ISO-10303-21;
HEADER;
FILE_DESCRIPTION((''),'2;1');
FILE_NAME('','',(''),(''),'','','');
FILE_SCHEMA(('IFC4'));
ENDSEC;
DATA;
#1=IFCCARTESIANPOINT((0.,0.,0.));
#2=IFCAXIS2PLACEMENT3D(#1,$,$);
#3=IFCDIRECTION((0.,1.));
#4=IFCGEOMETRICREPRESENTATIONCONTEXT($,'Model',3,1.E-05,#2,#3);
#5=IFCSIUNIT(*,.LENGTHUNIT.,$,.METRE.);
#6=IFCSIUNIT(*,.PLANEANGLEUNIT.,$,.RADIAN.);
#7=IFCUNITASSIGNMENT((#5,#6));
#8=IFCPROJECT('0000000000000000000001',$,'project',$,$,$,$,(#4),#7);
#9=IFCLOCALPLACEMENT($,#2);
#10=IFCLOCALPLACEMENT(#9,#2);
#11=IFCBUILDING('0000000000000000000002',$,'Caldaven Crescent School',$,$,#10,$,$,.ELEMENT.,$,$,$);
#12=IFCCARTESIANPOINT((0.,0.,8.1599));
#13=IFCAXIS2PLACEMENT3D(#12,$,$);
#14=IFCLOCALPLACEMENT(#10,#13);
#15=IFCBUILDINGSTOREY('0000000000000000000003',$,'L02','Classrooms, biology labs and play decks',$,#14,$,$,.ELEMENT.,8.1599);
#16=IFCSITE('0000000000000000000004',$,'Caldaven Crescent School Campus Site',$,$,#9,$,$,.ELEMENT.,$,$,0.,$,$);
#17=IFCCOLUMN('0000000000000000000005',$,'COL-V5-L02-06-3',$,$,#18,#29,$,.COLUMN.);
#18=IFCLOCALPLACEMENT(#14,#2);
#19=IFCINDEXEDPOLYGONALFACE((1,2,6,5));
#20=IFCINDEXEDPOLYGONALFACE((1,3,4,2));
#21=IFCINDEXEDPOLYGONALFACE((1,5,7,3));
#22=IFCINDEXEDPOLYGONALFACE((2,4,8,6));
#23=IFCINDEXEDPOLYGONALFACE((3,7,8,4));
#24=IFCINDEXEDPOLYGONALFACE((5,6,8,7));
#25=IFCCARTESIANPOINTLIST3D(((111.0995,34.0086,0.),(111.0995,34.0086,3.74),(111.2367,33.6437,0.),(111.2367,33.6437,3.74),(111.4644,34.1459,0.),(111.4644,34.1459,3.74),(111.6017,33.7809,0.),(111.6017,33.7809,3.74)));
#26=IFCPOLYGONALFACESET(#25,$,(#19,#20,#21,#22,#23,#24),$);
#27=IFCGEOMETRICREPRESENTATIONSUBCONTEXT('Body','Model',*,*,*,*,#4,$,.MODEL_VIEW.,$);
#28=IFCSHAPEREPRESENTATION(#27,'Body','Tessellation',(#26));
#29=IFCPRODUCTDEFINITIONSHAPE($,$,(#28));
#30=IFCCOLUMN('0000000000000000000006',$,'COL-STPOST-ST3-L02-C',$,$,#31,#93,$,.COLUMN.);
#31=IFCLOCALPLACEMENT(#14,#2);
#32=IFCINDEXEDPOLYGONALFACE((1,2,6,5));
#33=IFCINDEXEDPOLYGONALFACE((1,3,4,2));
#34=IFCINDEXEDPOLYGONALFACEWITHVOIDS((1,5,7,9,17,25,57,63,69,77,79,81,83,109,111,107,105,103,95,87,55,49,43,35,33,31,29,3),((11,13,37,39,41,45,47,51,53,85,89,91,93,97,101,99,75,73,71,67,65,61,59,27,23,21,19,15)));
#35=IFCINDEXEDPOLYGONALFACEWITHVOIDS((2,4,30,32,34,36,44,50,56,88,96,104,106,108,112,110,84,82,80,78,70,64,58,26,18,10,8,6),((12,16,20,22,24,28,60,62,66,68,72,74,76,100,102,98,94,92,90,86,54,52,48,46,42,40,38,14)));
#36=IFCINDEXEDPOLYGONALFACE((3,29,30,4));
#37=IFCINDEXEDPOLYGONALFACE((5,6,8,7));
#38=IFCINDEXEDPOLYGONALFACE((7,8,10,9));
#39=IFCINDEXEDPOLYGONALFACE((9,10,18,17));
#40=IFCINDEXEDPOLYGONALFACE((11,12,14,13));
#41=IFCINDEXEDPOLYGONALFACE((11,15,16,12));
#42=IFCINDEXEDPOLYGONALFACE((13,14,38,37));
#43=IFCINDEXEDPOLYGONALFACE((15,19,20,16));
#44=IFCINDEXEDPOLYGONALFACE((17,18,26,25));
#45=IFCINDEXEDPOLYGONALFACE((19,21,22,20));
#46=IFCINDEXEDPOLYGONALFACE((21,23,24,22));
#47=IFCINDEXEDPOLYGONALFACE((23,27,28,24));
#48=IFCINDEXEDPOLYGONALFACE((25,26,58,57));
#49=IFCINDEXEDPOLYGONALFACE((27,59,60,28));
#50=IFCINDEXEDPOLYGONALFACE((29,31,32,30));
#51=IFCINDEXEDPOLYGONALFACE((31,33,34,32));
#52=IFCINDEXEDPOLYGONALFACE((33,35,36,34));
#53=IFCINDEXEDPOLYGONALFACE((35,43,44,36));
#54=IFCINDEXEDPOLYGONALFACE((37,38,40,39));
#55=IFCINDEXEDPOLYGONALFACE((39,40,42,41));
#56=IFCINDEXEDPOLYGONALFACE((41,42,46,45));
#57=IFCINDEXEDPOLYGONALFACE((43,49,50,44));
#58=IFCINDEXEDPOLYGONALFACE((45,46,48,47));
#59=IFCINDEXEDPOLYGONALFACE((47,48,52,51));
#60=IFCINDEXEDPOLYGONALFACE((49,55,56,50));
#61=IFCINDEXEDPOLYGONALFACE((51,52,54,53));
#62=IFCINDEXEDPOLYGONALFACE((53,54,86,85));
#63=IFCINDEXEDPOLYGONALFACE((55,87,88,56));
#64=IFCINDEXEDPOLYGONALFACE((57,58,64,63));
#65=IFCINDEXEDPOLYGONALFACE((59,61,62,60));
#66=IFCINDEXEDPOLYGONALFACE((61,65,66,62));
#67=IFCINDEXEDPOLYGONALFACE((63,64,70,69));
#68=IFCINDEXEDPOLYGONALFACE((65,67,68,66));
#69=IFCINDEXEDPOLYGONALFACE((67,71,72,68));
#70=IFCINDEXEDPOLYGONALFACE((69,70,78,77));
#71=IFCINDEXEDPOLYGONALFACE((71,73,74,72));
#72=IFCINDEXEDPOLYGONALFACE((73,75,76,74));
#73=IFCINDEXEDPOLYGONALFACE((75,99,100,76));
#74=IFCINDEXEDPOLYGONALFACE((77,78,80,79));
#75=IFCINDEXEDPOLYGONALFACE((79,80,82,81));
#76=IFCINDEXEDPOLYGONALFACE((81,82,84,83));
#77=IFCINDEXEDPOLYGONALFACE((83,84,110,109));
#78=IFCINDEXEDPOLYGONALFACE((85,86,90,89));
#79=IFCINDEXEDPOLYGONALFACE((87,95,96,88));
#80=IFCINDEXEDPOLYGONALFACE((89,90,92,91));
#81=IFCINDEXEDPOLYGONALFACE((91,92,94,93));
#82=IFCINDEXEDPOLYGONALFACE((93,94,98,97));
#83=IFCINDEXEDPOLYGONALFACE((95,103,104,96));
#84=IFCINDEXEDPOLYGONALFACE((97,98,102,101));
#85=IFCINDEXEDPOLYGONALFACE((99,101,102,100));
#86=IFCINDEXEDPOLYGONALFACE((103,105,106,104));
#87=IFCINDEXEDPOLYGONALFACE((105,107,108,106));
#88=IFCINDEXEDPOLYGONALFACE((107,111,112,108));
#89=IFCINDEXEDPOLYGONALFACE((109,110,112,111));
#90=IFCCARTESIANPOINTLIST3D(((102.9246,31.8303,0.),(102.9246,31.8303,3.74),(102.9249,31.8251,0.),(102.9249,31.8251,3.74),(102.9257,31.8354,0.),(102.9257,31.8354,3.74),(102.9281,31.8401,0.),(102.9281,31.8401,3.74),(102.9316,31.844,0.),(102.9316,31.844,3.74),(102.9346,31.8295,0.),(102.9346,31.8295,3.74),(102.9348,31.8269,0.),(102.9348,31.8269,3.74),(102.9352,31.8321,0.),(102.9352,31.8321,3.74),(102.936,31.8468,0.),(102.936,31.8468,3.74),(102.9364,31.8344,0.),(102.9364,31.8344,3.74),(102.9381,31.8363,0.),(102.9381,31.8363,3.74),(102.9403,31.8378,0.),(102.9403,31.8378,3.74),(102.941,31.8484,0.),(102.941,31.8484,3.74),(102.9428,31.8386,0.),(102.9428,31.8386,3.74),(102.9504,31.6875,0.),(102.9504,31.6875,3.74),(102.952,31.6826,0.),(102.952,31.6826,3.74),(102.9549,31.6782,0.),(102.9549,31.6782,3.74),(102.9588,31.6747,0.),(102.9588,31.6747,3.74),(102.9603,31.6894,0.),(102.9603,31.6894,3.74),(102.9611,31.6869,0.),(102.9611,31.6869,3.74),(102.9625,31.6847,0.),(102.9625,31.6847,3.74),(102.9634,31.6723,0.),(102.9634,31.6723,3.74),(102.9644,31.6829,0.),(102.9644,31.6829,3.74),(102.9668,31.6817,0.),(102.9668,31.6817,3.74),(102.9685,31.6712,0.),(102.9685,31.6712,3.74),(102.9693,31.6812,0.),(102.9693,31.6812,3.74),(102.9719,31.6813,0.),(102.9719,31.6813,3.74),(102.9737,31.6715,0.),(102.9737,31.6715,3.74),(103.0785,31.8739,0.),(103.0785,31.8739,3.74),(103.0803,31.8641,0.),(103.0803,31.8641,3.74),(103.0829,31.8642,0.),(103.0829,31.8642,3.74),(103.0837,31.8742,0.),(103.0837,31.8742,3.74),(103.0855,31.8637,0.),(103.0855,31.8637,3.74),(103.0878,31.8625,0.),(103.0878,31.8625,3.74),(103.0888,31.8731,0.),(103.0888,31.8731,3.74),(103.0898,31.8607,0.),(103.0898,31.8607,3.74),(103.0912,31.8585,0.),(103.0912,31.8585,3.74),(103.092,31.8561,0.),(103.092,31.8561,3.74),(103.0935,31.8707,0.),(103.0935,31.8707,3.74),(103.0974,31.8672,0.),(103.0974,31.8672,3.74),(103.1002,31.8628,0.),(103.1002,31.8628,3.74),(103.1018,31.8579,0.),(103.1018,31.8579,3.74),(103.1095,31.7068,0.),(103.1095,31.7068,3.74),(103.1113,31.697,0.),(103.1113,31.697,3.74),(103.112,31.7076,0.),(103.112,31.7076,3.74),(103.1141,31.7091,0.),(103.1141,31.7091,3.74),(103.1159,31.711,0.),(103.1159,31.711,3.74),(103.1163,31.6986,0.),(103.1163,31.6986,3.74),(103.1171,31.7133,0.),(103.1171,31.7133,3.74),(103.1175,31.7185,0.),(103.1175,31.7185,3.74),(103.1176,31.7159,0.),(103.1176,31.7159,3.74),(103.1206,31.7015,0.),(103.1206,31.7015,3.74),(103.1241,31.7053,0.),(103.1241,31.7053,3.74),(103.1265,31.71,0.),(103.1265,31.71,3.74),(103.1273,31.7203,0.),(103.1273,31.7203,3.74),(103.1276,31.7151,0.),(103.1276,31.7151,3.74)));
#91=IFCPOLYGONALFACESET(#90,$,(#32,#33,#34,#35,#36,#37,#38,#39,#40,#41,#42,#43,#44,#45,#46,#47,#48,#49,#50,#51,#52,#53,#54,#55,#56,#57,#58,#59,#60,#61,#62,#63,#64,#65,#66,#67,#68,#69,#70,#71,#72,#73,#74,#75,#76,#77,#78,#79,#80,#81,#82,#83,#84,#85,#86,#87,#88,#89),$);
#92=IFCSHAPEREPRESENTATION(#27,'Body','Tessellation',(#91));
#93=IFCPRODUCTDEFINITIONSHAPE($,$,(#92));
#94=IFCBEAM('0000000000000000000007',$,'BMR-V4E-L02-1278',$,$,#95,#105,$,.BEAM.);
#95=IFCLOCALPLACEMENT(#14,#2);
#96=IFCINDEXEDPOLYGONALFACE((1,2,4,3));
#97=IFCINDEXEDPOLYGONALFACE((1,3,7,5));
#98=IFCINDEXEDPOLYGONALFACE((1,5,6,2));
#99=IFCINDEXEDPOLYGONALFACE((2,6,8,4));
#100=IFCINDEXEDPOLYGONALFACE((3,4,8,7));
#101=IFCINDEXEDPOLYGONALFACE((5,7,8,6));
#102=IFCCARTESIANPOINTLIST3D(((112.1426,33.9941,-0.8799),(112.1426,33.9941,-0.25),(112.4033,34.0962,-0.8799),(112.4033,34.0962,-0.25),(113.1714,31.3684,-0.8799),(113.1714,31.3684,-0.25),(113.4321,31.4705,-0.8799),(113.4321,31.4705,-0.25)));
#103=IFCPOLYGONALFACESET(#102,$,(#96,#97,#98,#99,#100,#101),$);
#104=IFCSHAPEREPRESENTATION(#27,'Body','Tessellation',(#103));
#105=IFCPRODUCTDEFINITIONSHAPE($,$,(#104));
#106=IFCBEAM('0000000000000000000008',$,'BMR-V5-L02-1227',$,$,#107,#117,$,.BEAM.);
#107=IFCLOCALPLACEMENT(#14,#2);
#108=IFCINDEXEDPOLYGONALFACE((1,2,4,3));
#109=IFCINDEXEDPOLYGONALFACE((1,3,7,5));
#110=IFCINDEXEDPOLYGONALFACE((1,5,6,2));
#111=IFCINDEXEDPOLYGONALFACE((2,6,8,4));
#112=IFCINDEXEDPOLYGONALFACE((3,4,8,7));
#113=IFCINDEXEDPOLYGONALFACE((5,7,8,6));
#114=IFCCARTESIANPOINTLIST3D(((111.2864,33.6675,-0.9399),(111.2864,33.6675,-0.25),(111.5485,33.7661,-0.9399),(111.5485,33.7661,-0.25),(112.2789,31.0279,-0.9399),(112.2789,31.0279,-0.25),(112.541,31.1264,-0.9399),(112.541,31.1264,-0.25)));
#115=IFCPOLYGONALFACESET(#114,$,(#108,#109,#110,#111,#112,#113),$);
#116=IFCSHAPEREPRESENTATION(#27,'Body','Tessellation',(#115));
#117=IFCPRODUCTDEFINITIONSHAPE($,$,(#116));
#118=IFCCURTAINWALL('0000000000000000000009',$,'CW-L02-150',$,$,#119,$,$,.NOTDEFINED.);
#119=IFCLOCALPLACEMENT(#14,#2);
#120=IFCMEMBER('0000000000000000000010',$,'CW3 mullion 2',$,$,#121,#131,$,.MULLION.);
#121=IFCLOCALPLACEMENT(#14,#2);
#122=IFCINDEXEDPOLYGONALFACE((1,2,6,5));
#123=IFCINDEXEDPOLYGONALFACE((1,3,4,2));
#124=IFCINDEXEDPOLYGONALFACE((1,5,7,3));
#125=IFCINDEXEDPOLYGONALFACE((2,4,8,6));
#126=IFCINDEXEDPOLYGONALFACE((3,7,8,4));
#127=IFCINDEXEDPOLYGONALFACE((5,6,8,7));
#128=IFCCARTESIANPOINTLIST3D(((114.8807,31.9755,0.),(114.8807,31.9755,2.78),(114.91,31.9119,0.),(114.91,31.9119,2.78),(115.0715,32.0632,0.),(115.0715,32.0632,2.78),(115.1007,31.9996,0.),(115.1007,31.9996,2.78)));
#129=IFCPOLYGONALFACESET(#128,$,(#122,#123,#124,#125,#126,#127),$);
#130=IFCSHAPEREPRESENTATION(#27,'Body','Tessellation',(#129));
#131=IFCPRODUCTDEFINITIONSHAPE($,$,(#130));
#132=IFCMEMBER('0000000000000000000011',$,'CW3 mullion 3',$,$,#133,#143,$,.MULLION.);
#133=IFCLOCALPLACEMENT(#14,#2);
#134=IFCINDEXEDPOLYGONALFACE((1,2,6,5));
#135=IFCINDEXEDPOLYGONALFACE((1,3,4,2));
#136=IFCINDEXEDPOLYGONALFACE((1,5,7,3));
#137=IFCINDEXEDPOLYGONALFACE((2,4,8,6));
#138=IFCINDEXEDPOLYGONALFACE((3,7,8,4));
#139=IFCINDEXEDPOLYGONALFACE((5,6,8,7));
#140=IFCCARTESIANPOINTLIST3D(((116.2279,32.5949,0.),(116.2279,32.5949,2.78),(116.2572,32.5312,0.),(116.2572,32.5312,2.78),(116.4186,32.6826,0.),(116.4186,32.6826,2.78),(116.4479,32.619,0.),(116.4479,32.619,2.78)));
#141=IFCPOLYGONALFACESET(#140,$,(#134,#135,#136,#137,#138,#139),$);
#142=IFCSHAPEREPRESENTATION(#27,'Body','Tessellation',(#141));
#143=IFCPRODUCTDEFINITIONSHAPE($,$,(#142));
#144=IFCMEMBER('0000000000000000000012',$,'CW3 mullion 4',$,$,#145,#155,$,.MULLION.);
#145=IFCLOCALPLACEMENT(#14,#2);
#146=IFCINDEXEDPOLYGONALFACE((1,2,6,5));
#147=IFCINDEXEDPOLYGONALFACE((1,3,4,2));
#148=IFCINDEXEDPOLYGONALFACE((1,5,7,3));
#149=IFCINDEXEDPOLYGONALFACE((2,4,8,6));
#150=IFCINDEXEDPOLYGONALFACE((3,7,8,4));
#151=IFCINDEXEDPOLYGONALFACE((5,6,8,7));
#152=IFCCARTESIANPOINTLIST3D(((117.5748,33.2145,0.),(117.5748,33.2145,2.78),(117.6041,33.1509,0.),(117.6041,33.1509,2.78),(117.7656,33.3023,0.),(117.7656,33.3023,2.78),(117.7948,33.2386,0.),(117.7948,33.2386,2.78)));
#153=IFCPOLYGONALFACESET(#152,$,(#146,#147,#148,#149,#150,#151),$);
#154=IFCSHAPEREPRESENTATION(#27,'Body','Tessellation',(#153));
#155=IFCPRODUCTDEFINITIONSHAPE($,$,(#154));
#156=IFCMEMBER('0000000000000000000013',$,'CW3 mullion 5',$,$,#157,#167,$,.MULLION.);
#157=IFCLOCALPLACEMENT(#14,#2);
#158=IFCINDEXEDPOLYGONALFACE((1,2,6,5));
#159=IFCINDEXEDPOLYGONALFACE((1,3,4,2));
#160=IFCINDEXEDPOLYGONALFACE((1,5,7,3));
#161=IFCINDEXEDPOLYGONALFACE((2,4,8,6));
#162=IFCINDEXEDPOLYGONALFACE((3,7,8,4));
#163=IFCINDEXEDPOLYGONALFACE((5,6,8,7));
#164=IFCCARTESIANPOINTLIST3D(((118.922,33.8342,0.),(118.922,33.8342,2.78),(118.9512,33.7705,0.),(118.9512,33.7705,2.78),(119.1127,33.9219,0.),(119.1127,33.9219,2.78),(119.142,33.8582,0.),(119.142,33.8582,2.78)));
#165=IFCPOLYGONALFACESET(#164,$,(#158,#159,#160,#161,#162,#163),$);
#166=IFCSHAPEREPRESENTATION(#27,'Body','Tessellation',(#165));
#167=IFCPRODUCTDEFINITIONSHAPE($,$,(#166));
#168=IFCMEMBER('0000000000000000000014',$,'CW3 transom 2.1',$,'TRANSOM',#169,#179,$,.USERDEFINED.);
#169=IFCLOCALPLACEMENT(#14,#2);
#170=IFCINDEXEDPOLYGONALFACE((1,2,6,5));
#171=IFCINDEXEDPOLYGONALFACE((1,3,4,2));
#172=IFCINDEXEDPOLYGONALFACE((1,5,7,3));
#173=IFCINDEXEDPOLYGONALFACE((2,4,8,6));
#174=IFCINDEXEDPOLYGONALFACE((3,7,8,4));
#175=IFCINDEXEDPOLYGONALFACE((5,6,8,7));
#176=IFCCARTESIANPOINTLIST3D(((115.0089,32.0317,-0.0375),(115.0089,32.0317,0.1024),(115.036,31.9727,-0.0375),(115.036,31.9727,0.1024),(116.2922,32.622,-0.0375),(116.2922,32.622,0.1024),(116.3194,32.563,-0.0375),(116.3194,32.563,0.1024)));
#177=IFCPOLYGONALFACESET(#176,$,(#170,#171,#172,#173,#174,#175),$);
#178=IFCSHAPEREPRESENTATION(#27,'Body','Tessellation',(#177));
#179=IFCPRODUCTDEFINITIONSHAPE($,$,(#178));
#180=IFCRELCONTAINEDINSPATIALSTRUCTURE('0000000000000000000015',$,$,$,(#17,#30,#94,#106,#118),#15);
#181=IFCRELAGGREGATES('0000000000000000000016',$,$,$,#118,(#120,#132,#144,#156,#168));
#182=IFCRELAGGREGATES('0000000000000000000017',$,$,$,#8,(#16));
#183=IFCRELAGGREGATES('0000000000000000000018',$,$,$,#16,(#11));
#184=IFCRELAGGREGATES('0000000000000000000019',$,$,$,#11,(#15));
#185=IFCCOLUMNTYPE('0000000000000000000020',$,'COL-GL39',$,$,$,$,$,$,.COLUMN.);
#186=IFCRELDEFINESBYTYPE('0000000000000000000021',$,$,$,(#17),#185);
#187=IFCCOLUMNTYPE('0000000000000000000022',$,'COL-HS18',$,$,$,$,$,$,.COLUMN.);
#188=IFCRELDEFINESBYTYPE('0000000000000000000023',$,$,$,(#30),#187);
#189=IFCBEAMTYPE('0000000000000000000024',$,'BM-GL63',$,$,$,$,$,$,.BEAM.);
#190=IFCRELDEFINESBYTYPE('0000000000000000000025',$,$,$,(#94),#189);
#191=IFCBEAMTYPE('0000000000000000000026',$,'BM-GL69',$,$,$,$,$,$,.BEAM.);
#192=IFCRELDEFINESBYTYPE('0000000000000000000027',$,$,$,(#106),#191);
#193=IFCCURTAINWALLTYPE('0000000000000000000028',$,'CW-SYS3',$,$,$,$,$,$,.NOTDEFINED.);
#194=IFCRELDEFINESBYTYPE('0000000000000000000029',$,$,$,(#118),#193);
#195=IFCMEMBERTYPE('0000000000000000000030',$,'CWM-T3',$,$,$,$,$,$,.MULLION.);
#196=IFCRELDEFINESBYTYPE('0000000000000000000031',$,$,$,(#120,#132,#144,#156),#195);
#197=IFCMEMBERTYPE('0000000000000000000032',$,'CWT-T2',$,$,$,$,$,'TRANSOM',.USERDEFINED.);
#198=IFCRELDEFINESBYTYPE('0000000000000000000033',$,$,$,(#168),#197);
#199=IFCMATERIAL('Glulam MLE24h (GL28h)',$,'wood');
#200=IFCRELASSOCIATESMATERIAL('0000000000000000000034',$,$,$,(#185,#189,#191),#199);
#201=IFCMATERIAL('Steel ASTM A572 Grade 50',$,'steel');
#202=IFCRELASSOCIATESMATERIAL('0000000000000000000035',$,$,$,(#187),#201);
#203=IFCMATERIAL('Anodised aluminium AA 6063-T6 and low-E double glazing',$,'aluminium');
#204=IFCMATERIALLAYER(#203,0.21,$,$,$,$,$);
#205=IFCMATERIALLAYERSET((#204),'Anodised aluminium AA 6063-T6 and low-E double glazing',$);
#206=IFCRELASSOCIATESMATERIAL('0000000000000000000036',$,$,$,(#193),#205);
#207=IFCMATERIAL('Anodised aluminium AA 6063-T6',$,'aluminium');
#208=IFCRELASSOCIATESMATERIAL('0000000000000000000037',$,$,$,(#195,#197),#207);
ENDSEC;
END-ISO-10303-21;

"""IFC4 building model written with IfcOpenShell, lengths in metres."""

from ifc_helpers import new_model, si_unit, direction, frame, origin, origin_2d, place, context, subcontext, project, spatial, rectangle, hollow_rectangle, extrude, material, layer, layer_set, material_profile, profile_set, type_object, element, aggregate, save


model = new_model("IFC4")

# Units and contexts
model_context = context("Model", 3, precision=1e-05, world=origin(), true_north=direction((0.0, 1.0)))
body_context = subcontext(model_context, "Body", "Model", "MODEL_VIEW")
ifc_project = project(units=[si_unit("LENGTHUNIT", "METRE"), si_unit("PLANEANGLEUNIT", "RADIAN")], contexts=[model_context])

# Site, building, storey
site_placement = place(None, origin())
site = spatial("IfcSite", under=ifc_project, at=site_placement, Name="Caldaven Crescent School Campus Site", CompositionType="ELEMENT", RefElevation=0.0)
building_placement = place(site_placement, origin())
building = spatial("IfcBuilding", under=site, at=building_placement, Name="Caldaven Crescent School", CompositionType="ELEMENT")
storey_placement = place(building_placement, frame((0.0, 0.0, 8.1599)))
storey = spatial("IfcBuildingStorey", under=building, at=storey_placement, Name="L02", Description="Classrooms, biology labs and play decks", CompositionType="ELEMENT", Elevation=8.1599)

# Columns
ifc_material_1 = material(Name="Glulam MLE24h (GL28h)", Category="wood")
ifc_material_profile_1 = material_profile(ifc_material_1, rectangle(XDim=0.3899, YDim=0.3899, at=origin_2d()), Name="MLE 390x390")
ifc_profile_set_1 = profile_set([ifc_material_profile_1], Name="Glulam MLE24h (GL28h)")
column_type_1 = type_object("IfcColumnType", Name="COL-GL39", PredefinedType="COLUMN", material=ifc_profile_set_1)
column_1_placement = place(storey_placement, frame((111.3506, 33.8948, 0.0), z_axis=(0.0, 0.0, 1.0), x_axis=(0.352005, -0.935998, 0.0)))
element("IfcColumn", 1, at=column_1_placement, inside=storey, type_object=column_type_1, Name="COL-V5-L02-06-3", PredefinedType="COLUMN", context=body_context, shape_type="SweptSolid", body=[
    extrude(rectangle(XDim=0.3899, YDim=0.3899, at=origin_2d()), origin(), (0.0, 0.0, 1.0), 3.74),
])
ifc_material_2 = material(Name="Steel ASTM A572 Grade 50", Category="steel")
ifc_material_profile_2 = material_profile(ifc_material_2, hollow_rectangle(XDim=0.1799, YDim=0.1799, WallThickness=0.01, InnerFilletRadius=0.01, OuterFilletRadius=0.02, at=origin_2d()), Name="HSS 180x180x10")
ifc_profile_set_2 = profile_set([ifc_material_profile_2], Name="Steel ASTM A572 Grade 50")
column_type_2 = type_object("IfcColumnType", Name="COL-HS18", PredefinedType="COLUMN", material=ifc_profile_set_2)
column_2_placement = place(storey_placement, frame((103.0261, 31.7727, 0.0), z_axis=(0.0, 0.0, 1.0), x_axis=(0.983255, 0.182236, 0.0)))
element("IfcColumn", 2, at=column_2_placement, inside=storey, type_object=column_type_2, Name="COL-STPOST-ST3-L02-C", PredefinedType="COLUMN", context=body_context, shape_type="SweptSolid", body=[
    extrude(hollow_rectangle(XDim=0.1799, YDim=0.1799, WallThickness=0.01, InnerFilletRadius=0.01, OuterFilletRadius=0.02, at=origin_2d()), origin(), (0.0, 0.0, 1.0), 3.74),
])

# Beams
ifc_material_profile_3 = material_profile(ifc_material_1, rectangle(XDim=0.28, YDim=0.6299, at=origin_2d()), Name="MLE 280x630")
ifc_profile_set_3 = profile_set([ifc_material_profile_3], Name="Glulam MLE24h (GL28h)")
beam_type_1 = type_object("IfcBeamType", Name="BM-GL63", PredefinedType="BEAM", material=ifc_profile_set_3)
beam_1_placement = place(storey_placement, frame((112.2729, 34.0452, -0.5649), z_axis=(0.364814, -0.93108, 0.0), x_axis=(0.93108, 0.364814, 0.0)))
element("IfcBeam", 3, at=beam_1_placement, inside=storey, type_object=beam_type_1, Name="BMR-V4E-L02-1278", PredefinedType="BEAM", context=body_context, shape_type="SweptSolid", body=[
    extrude(rectangle(XDim=0.28, YDim=0.6299, at=origin_2d()), origin(), (0.0, 0.0, 1.0), 2.8201),
])
ifc_material_profile_4 = material_profile(ifc_material_1, rectangle(XDim=0.28, YDim=0.6899, at=origin_2d()), Name="MLE 280x690")
ifc_profile_set_4 = profile_set([ifc_material_profile_4], Name="Glulam MLE24h (GL28h)")
beam_type_2 = type_object("IfcBeamType", Name="BM-GL69", PredefinedType="BEAM", material=ifc_profile_set_4)
beam_2_placement = place(storey_placement, frame((111.4175, 33.7168, -0.595), z_axis=(0.35192, -0.93603, 0.0), x_axis=(0.93603, 0.35192, 0.0)))
element("IfcBeam", 4, at=beam_2_placement, inside=storey, type_object=beam_type_2, Name="BMR-V5-L02-1227", PredefinedType="BEAM", context=body_context, shape_type="SweptSolid", body=[
    extrude(rectangle(XDim=0.28, YDim=0.6899, at=origin_2d()), origin(), (0.0, 0.0, 1.0), 2.8201),
])

# Curtain wall, members
ifc_material_3 = material(Name="Anodised aluminium AA 6063-T6 and low-E double glazing", Category="aluminium")
ifc_layer_1 = layer(ifc_material_3, 0.21)
ifc_layer_set_1 = layer_set([ifc_layer_1], Name="Anodised aluminium AA 6063-T6 and low-E double glazing")
curtain_wall_type = type_object("IfcCurtainWallType", Name="CW-SYS3", PredefinedType="NOTDEFINED", material=ifc_layer_set_1)
curtain_wall_placement = place(storey_placement, origin())
curtain_wall = element("IfcCurtainWall", 5, at=curtain_wall_placement, inside=storey, type_object=curtain_wall_type, Name="CW-L02-150", PredefinedType="NOTDEFINED")
ifc_material_4 = material(Name="Anodised aluminium AA 6063-T6", Category="aluminium")
ifc_material_profile_5 = material_profile(ifc_material_4, rectangle(XDim=0.0701, YDim=0.21, at=origin_2d()), Name="CWM 70x210")
ifc_profile_set_5 = profile_set([ifc_material_profile_5], Name="Anodised aluminium AA 6063-T6")
member_type_1 = type_object("IfcMemberType", Name="CWM-T3", PredefinedType="MULLION", material=ifc_profile_set_5)
member_1_placement = place(storey_placement, frame((114.9907, 31.9875, 0.0), z_axis=(0.0, 0.0, 1.0), x_axis=(-0.417823, 0.908528, 0.0)))
member_1 = element("IfcMember", 6, at=member_1_placement, type_object=member_type_1, Name="CW3 mullion 2", PredefinedType="MULLION", context=body_context, shape_type="SweptSolid", body=[
    extrude(rectangle(XDim=0.0701, YDim=0.21, at=origin_2d()), origin(), (0.0, 0.0, 1.0), 2.78),
])
member_2_placement = place(storey_placement, frame((116.3379, 32.6069, 0.0), z_axis=(0.0, 0.0, 1.0), x_axis=(-0.417823, 0.908528, 0.0)))
member_2 = element("IfcMember", 7, at=member_2_placement, type_object=member_type_1, Name="CW3 mullion 3", PredefinedType="MULLION", context=body_context, shape_type="SweptSolid", body=[
    extrude(rectangle(XDim=0.0701, YDim=0.21, at=origin_2d()), origin(), (0.0, 0.0, 1.0), 2.78),
])
member_3_placement = place(storey_placement, frame((117.6848, 33.2266, 0.0), z_axis=(0.0, 0.0, 1.0), x_axis=(-0.417823, 0.908528, 0.0)))
member_3 = element("IfcMember", 8, at=member_3_placement, type_object=member_type_1, Name="CW3 mullion 4", PredefinedType="MULLION", context=body_context, shape_type="SweptSolid", body=[
    extrude(rectangle(XDim=0.0701, YDim=0.21, at=origin_2d()), origin(), (0.0, 0.0, 1.0), 2.78),
])
member_4_placement = place(storey_placement, frame((119.032, 33.8462, 0.0), z_axis=(0.0, 0.0, 1.0), x_axis=(-0.417823, 0.908528, 0.0)))
member_4 = element("IfcMember", 9, at=member_4_placement, type_object=member_type_1, Name="CW3 mullion 5", PredefinedType="MULLION", context=body_context, shape_type="SweptSolid", body=[
    extrude(rectangle(XDim=0.0701, YDim=0.21, at=origin_2d()), origin(), (0.0, 0.0, 1.0), 2.78),
])
ifc_material_profile_6 = material_profile(ifc_material_4, rectangle(XDim=0.0649, YDim=0.1399, at=origin_2d()), Name="CWT 65x140")
ifc_profile_set_6 = profile_set([ifc_material_profile_6], Name="Anodised aluminium AA 6063-T6")
member_type_2 = type_object("IfcMemberType", Name="CWT-T2", ElementType="TRANSOM", PredefinedType="USERDEFINED", material=ifc_profile_set_6)
member_5_placement = place(storey_placement, frame((115.0225, 32.0022, 0.0325), z_axis=(0.908505, 0.417874, 0.0), x_axis=(-0.417874, 0.908505, 0.0)))
member_5 = element("IfcMember", 10, at=member_5_placement, type_object=member_type_2, Name="CW3 transom 2.1", ObjectType="TRANSOM", PredefinedType="USERDEFINED", context=body_context, shape_type="SweptSolid", body=[
    extrude(rectangle(XDim=0.0649, YDim=0.1399, at=origin_2d()), origin(), (0.0, 0.0, 1.0), 1.4126),
])
aggregate(curtain_wall, [member_1, member_2, member_3, member_4, member_5])

save(model, "model.ifc")
